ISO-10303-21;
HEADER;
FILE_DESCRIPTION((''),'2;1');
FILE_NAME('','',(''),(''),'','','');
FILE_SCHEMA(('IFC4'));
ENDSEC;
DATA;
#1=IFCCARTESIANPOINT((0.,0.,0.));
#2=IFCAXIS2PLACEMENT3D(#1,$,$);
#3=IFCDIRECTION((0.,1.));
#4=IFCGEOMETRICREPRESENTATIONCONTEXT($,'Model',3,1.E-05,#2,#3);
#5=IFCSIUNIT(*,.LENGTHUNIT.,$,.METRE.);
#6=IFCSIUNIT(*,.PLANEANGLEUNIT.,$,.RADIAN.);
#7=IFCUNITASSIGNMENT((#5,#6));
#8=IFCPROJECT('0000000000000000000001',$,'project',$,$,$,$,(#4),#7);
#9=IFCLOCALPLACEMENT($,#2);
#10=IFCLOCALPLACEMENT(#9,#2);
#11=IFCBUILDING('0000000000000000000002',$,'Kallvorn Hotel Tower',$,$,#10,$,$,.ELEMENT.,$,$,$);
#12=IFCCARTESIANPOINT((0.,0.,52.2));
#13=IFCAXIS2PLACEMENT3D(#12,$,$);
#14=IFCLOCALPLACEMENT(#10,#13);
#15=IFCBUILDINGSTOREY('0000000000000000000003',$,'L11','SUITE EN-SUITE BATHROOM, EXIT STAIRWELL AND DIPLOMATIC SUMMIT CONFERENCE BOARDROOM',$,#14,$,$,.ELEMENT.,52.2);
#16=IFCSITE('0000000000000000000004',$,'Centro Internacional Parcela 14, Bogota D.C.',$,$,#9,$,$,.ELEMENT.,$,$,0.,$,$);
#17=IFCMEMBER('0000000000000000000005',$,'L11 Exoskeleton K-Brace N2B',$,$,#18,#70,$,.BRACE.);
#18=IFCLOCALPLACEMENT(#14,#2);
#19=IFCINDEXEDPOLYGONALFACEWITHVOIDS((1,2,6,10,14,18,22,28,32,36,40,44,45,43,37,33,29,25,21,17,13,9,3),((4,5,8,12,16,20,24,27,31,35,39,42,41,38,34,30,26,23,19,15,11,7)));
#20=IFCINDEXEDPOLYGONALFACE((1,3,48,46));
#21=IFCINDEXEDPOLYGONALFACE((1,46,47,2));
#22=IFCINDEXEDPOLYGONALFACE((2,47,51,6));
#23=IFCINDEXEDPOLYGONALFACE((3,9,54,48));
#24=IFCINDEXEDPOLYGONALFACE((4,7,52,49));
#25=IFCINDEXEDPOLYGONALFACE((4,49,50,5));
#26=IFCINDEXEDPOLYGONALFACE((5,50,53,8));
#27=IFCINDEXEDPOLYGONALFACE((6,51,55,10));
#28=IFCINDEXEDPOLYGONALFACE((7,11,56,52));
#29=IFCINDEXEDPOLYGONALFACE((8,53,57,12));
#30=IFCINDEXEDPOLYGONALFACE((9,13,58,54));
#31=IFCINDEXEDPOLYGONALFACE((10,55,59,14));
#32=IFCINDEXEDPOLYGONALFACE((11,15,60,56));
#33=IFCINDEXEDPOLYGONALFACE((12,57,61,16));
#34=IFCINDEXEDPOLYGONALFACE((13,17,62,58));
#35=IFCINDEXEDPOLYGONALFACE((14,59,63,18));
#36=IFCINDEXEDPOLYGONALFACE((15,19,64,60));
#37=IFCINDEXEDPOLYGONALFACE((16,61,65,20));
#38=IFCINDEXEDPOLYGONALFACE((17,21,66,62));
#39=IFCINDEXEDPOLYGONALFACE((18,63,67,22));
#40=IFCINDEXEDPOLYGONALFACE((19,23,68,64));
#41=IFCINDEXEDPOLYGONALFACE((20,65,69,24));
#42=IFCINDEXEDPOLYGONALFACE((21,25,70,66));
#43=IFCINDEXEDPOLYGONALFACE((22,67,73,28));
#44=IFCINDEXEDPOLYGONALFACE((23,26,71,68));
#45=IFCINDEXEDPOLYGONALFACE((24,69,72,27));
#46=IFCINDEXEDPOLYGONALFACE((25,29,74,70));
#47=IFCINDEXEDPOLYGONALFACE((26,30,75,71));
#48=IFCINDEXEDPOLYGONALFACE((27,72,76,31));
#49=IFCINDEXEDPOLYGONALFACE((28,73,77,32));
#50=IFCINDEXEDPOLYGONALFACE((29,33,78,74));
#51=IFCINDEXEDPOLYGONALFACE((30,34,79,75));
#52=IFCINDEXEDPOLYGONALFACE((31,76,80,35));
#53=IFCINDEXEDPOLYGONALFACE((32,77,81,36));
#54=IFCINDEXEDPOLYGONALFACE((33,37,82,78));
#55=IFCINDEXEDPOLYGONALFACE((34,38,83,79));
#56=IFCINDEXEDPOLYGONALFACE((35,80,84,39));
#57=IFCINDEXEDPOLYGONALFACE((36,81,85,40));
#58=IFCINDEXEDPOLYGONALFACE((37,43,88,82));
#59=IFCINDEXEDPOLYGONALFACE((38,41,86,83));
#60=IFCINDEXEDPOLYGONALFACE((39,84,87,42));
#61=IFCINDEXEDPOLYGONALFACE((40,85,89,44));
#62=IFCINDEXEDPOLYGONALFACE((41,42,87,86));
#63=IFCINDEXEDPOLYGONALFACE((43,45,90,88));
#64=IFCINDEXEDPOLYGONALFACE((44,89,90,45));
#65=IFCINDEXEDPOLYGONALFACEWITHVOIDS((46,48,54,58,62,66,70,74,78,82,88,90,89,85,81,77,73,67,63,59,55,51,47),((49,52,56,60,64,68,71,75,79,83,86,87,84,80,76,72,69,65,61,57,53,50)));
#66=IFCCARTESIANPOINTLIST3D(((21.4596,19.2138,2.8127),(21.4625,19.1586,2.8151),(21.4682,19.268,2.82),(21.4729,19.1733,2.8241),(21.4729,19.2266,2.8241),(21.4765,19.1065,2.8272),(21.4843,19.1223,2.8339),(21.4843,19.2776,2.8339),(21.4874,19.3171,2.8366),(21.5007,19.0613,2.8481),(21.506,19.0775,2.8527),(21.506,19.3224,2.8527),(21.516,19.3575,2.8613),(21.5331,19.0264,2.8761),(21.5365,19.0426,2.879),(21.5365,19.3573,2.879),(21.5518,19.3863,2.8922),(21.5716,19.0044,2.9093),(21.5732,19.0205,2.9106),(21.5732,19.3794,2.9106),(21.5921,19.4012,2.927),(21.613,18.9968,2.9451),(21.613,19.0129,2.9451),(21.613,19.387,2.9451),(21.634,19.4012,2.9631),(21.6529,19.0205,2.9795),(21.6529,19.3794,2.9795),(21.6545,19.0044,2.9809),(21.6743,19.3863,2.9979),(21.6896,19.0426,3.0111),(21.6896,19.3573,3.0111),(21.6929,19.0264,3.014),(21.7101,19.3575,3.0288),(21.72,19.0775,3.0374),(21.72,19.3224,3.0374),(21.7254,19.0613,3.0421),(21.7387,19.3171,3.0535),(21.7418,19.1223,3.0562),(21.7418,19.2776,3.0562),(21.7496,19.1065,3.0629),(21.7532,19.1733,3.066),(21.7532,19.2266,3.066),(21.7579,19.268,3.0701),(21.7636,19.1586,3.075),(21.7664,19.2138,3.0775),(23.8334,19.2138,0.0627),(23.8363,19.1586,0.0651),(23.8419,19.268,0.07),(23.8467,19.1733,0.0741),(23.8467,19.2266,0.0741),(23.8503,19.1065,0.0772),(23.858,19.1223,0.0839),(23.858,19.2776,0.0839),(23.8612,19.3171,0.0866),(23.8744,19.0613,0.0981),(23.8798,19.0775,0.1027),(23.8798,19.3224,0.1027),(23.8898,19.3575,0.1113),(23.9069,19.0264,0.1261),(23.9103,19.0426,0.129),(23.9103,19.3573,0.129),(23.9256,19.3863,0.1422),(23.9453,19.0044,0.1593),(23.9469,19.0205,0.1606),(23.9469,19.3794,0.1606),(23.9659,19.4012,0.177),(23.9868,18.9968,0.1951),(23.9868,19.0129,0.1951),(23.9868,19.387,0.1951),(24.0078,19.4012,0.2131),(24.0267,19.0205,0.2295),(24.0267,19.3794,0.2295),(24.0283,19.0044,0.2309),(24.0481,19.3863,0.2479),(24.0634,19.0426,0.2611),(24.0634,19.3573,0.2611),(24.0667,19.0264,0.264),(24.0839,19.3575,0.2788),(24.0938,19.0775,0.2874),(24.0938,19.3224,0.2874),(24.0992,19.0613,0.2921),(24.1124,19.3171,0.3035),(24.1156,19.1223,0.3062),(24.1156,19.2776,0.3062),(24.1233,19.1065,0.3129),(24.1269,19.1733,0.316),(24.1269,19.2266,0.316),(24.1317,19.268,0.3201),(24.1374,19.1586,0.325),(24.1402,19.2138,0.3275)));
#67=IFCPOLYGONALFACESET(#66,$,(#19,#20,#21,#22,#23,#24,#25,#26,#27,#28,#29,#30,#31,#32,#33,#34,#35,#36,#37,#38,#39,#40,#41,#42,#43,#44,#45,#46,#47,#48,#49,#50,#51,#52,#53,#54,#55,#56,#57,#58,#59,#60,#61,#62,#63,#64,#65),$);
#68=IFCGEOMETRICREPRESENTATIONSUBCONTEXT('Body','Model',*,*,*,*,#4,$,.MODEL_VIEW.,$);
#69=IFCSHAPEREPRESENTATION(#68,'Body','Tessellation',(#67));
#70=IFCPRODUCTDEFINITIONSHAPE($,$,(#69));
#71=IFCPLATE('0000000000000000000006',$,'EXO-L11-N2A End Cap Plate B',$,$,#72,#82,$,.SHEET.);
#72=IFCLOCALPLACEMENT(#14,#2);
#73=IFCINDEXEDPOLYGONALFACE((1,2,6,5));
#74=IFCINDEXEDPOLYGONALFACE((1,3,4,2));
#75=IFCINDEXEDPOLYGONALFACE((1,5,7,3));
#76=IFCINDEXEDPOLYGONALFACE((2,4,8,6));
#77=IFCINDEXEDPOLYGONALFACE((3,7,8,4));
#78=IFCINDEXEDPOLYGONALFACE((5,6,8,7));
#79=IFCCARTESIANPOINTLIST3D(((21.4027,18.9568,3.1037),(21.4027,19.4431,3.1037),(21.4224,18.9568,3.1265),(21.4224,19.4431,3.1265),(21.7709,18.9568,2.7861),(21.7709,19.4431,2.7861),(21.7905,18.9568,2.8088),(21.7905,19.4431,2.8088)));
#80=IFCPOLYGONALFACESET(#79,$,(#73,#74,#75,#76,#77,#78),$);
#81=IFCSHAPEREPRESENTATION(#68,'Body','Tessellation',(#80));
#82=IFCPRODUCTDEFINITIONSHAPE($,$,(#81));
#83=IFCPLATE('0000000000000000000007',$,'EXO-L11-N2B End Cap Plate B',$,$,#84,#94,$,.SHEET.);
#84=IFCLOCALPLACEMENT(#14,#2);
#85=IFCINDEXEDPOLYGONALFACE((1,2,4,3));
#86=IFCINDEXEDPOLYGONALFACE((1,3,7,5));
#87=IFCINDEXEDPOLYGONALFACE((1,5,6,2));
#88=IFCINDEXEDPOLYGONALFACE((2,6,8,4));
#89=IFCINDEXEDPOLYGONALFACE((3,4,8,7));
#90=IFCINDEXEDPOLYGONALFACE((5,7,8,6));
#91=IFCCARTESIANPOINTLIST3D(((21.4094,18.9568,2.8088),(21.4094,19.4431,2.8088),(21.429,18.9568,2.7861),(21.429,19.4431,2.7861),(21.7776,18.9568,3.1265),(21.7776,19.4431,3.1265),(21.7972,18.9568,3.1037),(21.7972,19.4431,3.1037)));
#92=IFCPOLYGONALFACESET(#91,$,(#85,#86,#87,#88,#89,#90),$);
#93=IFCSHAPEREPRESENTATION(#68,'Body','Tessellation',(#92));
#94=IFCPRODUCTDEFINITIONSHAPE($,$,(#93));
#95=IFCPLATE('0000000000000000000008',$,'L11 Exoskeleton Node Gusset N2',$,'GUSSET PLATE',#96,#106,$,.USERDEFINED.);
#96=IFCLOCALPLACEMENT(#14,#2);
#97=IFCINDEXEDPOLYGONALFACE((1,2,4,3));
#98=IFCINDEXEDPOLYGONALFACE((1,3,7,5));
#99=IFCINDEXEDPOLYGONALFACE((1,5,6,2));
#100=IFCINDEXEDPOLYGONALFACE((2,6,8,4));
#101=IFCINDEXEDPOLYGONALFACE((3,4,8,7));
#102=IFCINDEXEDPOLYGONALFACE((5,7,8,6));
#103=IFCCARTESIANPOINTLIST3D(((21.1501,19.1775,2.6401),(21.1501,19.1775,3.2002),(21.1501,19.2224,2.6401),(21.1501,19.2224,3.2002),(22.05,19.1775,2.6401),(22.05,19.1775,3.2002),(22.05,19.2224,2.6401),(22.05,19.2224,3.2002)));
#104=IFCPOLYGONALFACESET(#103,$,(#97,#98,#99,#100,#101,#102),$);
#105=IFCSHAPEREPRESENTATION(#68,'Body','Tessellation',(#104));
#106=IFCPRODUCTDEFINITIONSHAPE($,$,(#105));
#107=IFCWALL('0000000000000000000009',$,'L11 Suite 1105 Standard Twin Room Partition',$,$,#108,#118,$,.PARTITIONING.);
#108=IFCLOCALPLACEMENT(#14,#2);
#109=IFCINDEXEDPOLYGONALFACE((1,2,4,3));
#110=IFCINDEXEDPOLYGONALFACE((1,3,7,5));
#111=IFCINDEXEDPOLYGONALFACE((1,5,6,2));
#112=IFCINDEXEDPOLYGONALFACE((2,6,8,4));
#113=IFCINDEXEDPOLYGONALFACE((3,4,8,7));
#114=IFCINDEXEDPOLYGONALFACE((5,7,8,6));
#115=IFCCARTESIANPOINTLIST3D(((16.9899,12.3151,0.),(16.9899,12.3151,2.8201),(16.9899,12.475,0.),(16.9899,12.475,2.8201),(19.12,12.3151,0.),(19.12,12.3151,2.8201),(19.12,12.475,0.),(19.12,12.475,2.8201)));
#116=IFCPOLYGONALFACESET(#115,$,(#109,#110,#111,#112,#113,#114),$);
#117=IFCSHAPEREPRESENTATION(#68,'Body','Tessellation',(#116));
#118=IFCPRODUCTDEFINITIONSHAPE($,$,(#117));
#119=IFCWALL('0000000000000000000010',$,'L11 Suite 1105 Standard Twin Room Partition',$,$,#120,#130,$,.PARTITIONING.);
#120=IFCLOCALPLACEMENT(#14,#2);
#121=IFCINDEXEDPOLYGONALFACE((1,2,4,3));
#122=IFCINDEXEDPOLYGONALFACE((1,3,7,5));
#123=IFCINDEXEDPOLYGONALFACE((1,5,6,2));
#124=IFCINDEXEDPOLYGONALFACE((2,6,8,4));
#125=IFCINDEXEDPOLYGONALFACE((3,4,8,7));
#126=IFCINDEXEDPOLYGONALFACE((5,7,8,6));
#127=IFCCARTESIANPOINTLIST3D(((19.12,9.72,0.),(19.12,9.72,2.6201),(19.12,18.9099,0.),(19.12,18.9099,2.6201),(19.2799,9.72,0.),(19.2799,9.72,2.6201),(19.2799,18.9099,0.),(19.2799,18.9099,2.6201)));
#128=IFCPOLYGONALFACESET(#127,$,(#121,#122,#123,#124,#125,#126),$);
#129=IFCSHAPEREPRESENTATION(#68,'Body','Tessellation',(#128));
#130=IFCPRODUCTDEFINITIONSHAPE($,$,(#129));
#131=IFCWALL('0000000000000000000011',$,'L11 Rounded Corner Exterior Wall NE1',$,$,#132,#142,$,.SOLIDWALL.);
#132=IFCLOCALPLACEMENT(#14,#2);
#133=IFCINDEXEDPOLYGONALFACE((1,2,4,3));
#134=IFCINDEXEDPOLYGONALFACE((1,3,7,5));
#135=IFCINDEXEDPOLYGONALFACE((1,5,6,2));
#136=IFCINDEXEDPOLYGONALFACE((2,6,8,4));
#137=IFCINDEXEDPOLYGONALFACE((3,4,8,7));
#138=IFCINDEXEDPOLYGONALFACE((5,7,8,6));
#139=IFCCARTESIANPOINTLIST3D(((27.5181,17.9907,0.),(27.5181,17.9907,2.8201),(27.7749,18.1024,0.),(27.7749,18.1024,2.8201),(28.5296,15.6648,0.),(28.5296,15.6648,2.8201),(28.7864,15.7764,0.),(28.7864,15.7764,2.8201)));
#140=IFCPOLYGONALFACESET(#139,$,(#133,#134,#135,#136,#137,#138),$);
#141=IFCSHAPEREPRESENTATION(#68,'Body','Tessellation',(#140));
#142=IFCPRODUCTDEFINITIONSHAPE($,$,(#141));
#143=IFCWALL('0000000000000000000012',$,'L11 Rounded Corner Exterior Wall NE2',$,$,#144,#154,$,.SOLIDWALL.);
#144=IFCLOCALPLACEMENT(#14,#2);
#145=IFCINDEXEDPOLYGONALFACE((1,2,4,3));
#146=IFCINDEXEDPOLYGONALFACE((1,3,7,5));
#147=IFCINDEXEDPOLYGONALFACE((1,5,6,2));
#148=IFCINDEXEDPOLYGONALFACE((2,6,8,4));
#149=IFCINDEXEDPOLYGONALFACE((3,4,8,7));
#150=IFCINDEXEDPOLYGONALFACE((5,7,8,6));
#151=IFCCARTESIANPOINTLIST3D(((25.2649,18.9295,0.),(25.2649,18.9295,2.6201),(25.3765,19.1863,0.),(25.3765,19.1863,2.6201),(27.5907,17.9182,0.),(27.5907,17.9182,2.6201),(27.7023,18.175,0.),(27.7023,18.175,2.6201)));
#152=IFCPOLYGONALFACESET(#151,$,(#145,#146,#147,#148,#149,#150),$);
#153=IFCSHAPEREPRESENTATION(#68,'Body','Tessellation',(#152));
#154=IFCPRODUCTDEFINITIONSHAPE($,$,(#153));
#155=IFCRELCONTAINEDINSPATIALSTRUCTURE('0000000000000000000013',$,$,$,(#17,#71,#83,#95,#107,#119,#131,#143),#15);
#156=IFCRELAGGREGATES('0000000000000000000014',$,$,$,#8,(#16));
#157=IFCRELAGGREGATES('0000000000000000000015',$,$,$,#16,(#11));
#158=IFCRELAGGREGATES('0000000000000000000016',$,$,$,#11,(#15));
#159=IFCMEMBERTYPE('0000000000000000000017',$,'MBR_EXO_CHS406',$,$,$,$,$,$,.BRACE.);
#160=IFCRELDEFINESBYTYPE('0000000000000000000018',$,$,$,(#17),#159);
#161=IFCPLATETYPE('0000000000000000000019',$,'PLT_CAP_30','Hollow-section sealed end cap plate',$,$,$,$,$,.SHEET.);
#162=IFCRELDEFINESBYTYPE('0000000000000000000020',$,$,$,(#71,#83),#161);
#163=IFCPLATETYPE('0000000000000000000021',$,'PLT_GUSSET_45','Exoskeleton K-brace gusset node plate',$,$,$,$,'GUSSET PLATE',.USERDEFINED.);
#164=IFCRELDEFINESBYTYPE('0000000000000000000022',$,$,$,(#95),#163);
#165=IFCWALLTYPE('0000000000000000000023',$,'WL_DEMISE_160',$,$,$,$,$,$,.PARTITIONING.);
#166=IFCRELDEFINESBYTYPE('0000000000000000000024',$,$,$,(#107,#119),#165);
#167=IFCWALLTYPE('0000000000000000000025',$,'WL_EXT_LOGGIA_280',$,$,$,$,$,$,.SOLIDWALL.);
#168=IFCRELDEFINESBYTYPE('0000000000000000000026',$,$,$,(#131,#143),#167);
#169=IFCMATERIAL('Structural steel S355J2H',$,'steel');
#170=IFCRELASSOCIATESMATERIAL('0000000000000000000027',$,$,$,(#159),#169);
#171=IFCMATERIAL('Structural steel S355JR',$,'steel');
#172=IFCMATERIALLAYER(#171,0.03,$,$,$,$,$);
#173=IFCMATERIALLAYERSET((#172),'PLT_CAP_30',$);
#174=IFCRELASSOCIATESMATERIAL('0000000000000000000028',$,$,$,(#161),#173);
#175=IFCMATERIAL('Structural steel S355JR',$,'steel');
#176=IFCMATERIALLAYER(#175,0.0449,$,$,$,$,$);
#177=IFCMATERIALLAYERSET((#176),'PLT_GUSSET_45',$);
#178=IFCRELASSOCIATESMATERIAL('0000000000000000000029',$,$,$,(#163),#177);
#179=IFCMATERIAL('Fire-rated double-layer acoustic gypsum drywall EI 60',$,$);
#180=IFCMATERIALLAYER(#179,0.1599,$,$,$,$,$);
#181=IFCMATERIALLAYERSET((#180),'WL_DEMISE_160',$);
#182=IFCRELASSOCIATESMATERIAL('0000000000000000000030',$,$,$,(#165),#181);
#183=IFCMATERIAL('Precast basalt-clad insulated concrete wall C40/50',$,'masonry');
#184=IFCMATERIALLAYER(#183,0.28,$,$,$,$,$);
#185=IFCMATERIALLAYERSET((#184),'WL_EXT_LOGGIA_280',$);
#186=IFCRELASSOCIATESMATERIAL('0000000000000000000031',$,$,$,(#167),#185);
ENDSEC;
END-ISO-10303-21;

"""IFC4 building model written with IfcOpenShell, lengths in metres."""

from ifc_helpers import new_model, si_unit, direction, frame, frame_2d, origin, origin_2d, place, context, subcontext, project, spatial, polyline, rectangle, hollow_circle, outline, extrude, material, layer, layer_set, material_profile, profile_set, type_object, element, save


model = new_model("IFC4")

# Units and contexts
model_context = context("Model", 3, precision=1e-05, world=origin(), true_north=direction((0.0, 1.0)))
body_context = subcontext(model_context, "Body", "Model", "MODEL_VIEW")
ifc_project = project(units=[si_unit("LENGTHUNIT", "METRE"), si_unit("PLANEANGLEUNIT", "RADIAN")], contexts=[model_context])

# Site, building, storey
site_placement = place(None, origin())
site = spatial("IfcSite", under=ifc_project, at=site_placement, Name="Centro Internacional Parcela 14, Bogota D.C.", CompositionType="ELEMENT", RefElevation=0.0)
building_placement = place(site_placement, origin())
building = spatial("IfcBuilding", under=site, at=building_placement, Name="Kallvorn Hotel Tower", CompositionType="ELEMENT")
storey_placement = place(building_placement, frame((0.0, 0.0, 52.2)))
storey = spatial("IfcBuildingStorey", under=building, at=storey_placement, Name="L11", Description="SUITE EN-SUITE BATHROOM, EXIT STAIRWELL AND DIPLOMATIC SUMMIT CONFERENCE BOARDROOM", CompositionType="ELEMENT", Elevation=52.2)

# Member
ifc_material_1 = material(Name="Structural steel S355J2H", Category="steel")
ifc_material_profile_1 = material_profile(ifc_material_1, hollow_circle(Radius=0.2031, WallThickness=0.0161, at=origin_2d()), Name="CHS 406.4x16")
ifc_profile_set_1 = profile_set([ifc_material_profile_1], Name="Structural steel S355J2H")
member_type_1 = type_object("IfcMemberType", Name="MBR_EXO_CHS406", PredefinedType="BRACE", material=ifc_profile_set_1)
for number, where, z_axis, x_axis, name in (
    (1, (23.9868, 19.2, 0.1951), (-0.653427, 0.0, 0.756989), (0.0, -1.0, 0.0), "L11 Exoskeleton K-Brace N2B"),
):
    element("IfcMember", number, at=place(storey_placement, frame(where, z_axis=z_axis, x_axis=x_axis)), inside=storey, type_object=member_type_1, Name=name, PredefinedType="BRACE", context=body_context, shape_type="SweptSolid", body=[
        extrude(hollow_circle(Radius=0.2031, WallThickness=0.0161, at=origin_2d()), origin(), (0.0, 0.0, 1.0), 3.6328),
    ])

# Plates
ifc_material_2 = material(Name="Structural steel S355JR", Category="steel")
ifc_layer_1 = layer(ifc_material_2, 0.03)
ifc_layer_set_1 = layer_set([ifc_layer_1], Name="PLT_CAP_30")
plate_type_1 = type_object("IfcPlateType", Name="PLT_CAP_30", Description="Hollow-section sealed end cap plate", PredefinedType="SHEET", material=ifc_layer_set_1)
for number, where, z_axis, x_axis, name in (
    (2, (21.7905, 18.9568, 2.8088), (0.653228, 0.0, 0.757162), (0.0, 1.0, 0.0), "EXO-L11-N2A End Cap Plate B"),
    (3, (21.4094, 19.4431, 2.8088), (-0.653228, 0.0, 0.757162), (0.0, -1.0, 0.0), "EXO-L11-N2B End Cap Plate B"),
):
    element("IfcPlate", number, at=place(storey_placement, frame(where, z_axis=z_axis, x_axis=x_axis)), inside=storey, type_object=plate_type_1, Name=name, PredefinedType="SHEET", context=body_context, shape_type="SweptSolid", body=[
        extrude(outline(polyline([(0.0, 0.0), (0.4863, 0.0), (0.4863, 0.4862), (0.0, 0.4862), (0.0, 0.0)])), origin(), (0.0, 0.0, -1.0), 0.03),
    ])
ifc_material_3 = material(Name="Structural steel S355JR", Category="steel")
ifc_layer_2 = layer(ifc_material_3, 0.0449)
ifc_layer_set_2 = layer_set([ifc_layer_2], Name="PLT_GUSSET_45")
plate_type_2 = type_object("IfcPlateType", Name="PLT_GUSSET_45", Description="Exoskeleton K-brace gusset node plate", ElementType="GUSSET PLATE", PredefinedType="USERDEFINED", material=ifc_layer_set_2)
plate_placement = place(storey_placement, frame((21.6001, 19.2, 2.6401), z_axis=(0.0, 0.0, 1.0), x_axis=(1.0, 0.0, 0.0)))
element("IfcPlate", 4, at=plate_placement, inside=storey, type_object=plate_type_2, Name="L11 Exoskeleton Node Gusset N2", ObjectType="GUSSET PLATE", PredefinedType="USERDEFINED", context=body_context, shape_type="SweptSolid", body=[
    extrude(rectangle(XDim=0.8999, YDim=0.0449, at=origin_2d()), origin(), (0.0, 0.0, 1.0), 0.5601),
])

# Walls
ifc_material_4 = material(Name="Fire-rated double-layer acoustic gypsum drywall EI 60")
ifc_layer_3 = layer(ifc_material_4, 0.1599)
ifc_layer_set_3 = layer_set([ifc_layer_3], Name="WL_DEMISE_160")
wall_type_1 = type_object("IfcWallType", Name="WL_DEMISE_160", PredefinedType="PARTITIONING", material=ifc_layer_set_3)
wall_1_placement = place(storey_placement, frame((16.99, 12.395, 0.0), z_axis=(0.0, 0.0, 1.0), x_axis=(1.0, 0.0, 0.0)))
element("IfcWall", 5, at=wall_1_placement, inside=storey, type_object=wall_type_1, Name="L11 Suite 1105 Standard Twin Room Partition", PredefinedType="PARTITIONING", context=body_context, shape_type="SweptSolid", body=[
    extrude(rectangle(XDim=2.1301, YDim=0.1599, at=frame_2d((1.0649, 0.0))), origin(), (0.0, 0.0, 1.0), 2.8201),
])
wall_2_placement = place(storey_placement, frame((19.2, 9.72, 0.0), z_axis=(0.0, 0.0, 1.0), x_axis=(0.0, 1.0, 0.0)))
element("IfcWall", 6, at=wall_2_placement, inside=storey, type_object=wall_type_1, Name="L11 Suite 1105 Standard Twin Room Partition", PredefinedType="PARTITIONING", context=body_context, shape_type="SweptSolid", body=[
    extrude(rectangle(XDim=9.1899, YDim=0.1599, at=frame_2d((4.595, 0.0))), origin(), (0.0, 0.0, 1.0), 2.6201),
])
ifc_material_5 = material(Name="Precast basalt-clad insulated concrete wall C40/50", Category="masonry")
ifc_layer_4 = layer(ifc_material_5, 0.28)
ifc_layer_set_4 = layer_set([ifc_layer_4], Name="WL_EXT_LOGGIA_280")
wall_type_2 = type_object("IfcWallType", Name="WL_EXT_LOGGIA_280", PredefinedType="SOLIDWALL", material=ifc_layer_set_4)
wall_3_placement = place(storey_placement, frame((28.658, 15.7207, 0.0), z_axis=(0.0, 0.0, 1.0), x_axis=(-0.398793, 0.917041, 0.0)))
element("IfcWall", 7, at=wall_3_placement, inside=storey, type_object=wall_type_2, Name="L11 Rounded Corner Exterior Wall NE1", PredefinedType="SOLIDWALL", context=body_context, shape_type="SweptSolid", body=[
    extrude(rectangle(XDim=2.5364, YDim=0.28, at=frame_2d((1.2681, 0.0))), origin(), (0.0, 0.0, 1.0), 2.8201),
])
wall_4_placement = place(storey_placement, frame((27.6465, 18.0466, 0.0), z_axis=(0.0, 0.0, 1.0), x_axis=(-0.917061, 0.398747, 0.0)))
element("IfcWall", 8, at=wall_4_placement, inside=storey, type_object=wall_type_2, Name="L11 Rounded Corner Exterior Wall NE2", PredefinedType="SOLIDWALL", context=body_context, shape_type="SweptSolid", body=[
    extrude(rectangle(XDim=2.5361, YDim=0.28, at=frame_2d((1.2681, 0.0))), origin(), (0.0, 0.0, 1.0), 2.6201),
])

save(model, "model.ifc")
